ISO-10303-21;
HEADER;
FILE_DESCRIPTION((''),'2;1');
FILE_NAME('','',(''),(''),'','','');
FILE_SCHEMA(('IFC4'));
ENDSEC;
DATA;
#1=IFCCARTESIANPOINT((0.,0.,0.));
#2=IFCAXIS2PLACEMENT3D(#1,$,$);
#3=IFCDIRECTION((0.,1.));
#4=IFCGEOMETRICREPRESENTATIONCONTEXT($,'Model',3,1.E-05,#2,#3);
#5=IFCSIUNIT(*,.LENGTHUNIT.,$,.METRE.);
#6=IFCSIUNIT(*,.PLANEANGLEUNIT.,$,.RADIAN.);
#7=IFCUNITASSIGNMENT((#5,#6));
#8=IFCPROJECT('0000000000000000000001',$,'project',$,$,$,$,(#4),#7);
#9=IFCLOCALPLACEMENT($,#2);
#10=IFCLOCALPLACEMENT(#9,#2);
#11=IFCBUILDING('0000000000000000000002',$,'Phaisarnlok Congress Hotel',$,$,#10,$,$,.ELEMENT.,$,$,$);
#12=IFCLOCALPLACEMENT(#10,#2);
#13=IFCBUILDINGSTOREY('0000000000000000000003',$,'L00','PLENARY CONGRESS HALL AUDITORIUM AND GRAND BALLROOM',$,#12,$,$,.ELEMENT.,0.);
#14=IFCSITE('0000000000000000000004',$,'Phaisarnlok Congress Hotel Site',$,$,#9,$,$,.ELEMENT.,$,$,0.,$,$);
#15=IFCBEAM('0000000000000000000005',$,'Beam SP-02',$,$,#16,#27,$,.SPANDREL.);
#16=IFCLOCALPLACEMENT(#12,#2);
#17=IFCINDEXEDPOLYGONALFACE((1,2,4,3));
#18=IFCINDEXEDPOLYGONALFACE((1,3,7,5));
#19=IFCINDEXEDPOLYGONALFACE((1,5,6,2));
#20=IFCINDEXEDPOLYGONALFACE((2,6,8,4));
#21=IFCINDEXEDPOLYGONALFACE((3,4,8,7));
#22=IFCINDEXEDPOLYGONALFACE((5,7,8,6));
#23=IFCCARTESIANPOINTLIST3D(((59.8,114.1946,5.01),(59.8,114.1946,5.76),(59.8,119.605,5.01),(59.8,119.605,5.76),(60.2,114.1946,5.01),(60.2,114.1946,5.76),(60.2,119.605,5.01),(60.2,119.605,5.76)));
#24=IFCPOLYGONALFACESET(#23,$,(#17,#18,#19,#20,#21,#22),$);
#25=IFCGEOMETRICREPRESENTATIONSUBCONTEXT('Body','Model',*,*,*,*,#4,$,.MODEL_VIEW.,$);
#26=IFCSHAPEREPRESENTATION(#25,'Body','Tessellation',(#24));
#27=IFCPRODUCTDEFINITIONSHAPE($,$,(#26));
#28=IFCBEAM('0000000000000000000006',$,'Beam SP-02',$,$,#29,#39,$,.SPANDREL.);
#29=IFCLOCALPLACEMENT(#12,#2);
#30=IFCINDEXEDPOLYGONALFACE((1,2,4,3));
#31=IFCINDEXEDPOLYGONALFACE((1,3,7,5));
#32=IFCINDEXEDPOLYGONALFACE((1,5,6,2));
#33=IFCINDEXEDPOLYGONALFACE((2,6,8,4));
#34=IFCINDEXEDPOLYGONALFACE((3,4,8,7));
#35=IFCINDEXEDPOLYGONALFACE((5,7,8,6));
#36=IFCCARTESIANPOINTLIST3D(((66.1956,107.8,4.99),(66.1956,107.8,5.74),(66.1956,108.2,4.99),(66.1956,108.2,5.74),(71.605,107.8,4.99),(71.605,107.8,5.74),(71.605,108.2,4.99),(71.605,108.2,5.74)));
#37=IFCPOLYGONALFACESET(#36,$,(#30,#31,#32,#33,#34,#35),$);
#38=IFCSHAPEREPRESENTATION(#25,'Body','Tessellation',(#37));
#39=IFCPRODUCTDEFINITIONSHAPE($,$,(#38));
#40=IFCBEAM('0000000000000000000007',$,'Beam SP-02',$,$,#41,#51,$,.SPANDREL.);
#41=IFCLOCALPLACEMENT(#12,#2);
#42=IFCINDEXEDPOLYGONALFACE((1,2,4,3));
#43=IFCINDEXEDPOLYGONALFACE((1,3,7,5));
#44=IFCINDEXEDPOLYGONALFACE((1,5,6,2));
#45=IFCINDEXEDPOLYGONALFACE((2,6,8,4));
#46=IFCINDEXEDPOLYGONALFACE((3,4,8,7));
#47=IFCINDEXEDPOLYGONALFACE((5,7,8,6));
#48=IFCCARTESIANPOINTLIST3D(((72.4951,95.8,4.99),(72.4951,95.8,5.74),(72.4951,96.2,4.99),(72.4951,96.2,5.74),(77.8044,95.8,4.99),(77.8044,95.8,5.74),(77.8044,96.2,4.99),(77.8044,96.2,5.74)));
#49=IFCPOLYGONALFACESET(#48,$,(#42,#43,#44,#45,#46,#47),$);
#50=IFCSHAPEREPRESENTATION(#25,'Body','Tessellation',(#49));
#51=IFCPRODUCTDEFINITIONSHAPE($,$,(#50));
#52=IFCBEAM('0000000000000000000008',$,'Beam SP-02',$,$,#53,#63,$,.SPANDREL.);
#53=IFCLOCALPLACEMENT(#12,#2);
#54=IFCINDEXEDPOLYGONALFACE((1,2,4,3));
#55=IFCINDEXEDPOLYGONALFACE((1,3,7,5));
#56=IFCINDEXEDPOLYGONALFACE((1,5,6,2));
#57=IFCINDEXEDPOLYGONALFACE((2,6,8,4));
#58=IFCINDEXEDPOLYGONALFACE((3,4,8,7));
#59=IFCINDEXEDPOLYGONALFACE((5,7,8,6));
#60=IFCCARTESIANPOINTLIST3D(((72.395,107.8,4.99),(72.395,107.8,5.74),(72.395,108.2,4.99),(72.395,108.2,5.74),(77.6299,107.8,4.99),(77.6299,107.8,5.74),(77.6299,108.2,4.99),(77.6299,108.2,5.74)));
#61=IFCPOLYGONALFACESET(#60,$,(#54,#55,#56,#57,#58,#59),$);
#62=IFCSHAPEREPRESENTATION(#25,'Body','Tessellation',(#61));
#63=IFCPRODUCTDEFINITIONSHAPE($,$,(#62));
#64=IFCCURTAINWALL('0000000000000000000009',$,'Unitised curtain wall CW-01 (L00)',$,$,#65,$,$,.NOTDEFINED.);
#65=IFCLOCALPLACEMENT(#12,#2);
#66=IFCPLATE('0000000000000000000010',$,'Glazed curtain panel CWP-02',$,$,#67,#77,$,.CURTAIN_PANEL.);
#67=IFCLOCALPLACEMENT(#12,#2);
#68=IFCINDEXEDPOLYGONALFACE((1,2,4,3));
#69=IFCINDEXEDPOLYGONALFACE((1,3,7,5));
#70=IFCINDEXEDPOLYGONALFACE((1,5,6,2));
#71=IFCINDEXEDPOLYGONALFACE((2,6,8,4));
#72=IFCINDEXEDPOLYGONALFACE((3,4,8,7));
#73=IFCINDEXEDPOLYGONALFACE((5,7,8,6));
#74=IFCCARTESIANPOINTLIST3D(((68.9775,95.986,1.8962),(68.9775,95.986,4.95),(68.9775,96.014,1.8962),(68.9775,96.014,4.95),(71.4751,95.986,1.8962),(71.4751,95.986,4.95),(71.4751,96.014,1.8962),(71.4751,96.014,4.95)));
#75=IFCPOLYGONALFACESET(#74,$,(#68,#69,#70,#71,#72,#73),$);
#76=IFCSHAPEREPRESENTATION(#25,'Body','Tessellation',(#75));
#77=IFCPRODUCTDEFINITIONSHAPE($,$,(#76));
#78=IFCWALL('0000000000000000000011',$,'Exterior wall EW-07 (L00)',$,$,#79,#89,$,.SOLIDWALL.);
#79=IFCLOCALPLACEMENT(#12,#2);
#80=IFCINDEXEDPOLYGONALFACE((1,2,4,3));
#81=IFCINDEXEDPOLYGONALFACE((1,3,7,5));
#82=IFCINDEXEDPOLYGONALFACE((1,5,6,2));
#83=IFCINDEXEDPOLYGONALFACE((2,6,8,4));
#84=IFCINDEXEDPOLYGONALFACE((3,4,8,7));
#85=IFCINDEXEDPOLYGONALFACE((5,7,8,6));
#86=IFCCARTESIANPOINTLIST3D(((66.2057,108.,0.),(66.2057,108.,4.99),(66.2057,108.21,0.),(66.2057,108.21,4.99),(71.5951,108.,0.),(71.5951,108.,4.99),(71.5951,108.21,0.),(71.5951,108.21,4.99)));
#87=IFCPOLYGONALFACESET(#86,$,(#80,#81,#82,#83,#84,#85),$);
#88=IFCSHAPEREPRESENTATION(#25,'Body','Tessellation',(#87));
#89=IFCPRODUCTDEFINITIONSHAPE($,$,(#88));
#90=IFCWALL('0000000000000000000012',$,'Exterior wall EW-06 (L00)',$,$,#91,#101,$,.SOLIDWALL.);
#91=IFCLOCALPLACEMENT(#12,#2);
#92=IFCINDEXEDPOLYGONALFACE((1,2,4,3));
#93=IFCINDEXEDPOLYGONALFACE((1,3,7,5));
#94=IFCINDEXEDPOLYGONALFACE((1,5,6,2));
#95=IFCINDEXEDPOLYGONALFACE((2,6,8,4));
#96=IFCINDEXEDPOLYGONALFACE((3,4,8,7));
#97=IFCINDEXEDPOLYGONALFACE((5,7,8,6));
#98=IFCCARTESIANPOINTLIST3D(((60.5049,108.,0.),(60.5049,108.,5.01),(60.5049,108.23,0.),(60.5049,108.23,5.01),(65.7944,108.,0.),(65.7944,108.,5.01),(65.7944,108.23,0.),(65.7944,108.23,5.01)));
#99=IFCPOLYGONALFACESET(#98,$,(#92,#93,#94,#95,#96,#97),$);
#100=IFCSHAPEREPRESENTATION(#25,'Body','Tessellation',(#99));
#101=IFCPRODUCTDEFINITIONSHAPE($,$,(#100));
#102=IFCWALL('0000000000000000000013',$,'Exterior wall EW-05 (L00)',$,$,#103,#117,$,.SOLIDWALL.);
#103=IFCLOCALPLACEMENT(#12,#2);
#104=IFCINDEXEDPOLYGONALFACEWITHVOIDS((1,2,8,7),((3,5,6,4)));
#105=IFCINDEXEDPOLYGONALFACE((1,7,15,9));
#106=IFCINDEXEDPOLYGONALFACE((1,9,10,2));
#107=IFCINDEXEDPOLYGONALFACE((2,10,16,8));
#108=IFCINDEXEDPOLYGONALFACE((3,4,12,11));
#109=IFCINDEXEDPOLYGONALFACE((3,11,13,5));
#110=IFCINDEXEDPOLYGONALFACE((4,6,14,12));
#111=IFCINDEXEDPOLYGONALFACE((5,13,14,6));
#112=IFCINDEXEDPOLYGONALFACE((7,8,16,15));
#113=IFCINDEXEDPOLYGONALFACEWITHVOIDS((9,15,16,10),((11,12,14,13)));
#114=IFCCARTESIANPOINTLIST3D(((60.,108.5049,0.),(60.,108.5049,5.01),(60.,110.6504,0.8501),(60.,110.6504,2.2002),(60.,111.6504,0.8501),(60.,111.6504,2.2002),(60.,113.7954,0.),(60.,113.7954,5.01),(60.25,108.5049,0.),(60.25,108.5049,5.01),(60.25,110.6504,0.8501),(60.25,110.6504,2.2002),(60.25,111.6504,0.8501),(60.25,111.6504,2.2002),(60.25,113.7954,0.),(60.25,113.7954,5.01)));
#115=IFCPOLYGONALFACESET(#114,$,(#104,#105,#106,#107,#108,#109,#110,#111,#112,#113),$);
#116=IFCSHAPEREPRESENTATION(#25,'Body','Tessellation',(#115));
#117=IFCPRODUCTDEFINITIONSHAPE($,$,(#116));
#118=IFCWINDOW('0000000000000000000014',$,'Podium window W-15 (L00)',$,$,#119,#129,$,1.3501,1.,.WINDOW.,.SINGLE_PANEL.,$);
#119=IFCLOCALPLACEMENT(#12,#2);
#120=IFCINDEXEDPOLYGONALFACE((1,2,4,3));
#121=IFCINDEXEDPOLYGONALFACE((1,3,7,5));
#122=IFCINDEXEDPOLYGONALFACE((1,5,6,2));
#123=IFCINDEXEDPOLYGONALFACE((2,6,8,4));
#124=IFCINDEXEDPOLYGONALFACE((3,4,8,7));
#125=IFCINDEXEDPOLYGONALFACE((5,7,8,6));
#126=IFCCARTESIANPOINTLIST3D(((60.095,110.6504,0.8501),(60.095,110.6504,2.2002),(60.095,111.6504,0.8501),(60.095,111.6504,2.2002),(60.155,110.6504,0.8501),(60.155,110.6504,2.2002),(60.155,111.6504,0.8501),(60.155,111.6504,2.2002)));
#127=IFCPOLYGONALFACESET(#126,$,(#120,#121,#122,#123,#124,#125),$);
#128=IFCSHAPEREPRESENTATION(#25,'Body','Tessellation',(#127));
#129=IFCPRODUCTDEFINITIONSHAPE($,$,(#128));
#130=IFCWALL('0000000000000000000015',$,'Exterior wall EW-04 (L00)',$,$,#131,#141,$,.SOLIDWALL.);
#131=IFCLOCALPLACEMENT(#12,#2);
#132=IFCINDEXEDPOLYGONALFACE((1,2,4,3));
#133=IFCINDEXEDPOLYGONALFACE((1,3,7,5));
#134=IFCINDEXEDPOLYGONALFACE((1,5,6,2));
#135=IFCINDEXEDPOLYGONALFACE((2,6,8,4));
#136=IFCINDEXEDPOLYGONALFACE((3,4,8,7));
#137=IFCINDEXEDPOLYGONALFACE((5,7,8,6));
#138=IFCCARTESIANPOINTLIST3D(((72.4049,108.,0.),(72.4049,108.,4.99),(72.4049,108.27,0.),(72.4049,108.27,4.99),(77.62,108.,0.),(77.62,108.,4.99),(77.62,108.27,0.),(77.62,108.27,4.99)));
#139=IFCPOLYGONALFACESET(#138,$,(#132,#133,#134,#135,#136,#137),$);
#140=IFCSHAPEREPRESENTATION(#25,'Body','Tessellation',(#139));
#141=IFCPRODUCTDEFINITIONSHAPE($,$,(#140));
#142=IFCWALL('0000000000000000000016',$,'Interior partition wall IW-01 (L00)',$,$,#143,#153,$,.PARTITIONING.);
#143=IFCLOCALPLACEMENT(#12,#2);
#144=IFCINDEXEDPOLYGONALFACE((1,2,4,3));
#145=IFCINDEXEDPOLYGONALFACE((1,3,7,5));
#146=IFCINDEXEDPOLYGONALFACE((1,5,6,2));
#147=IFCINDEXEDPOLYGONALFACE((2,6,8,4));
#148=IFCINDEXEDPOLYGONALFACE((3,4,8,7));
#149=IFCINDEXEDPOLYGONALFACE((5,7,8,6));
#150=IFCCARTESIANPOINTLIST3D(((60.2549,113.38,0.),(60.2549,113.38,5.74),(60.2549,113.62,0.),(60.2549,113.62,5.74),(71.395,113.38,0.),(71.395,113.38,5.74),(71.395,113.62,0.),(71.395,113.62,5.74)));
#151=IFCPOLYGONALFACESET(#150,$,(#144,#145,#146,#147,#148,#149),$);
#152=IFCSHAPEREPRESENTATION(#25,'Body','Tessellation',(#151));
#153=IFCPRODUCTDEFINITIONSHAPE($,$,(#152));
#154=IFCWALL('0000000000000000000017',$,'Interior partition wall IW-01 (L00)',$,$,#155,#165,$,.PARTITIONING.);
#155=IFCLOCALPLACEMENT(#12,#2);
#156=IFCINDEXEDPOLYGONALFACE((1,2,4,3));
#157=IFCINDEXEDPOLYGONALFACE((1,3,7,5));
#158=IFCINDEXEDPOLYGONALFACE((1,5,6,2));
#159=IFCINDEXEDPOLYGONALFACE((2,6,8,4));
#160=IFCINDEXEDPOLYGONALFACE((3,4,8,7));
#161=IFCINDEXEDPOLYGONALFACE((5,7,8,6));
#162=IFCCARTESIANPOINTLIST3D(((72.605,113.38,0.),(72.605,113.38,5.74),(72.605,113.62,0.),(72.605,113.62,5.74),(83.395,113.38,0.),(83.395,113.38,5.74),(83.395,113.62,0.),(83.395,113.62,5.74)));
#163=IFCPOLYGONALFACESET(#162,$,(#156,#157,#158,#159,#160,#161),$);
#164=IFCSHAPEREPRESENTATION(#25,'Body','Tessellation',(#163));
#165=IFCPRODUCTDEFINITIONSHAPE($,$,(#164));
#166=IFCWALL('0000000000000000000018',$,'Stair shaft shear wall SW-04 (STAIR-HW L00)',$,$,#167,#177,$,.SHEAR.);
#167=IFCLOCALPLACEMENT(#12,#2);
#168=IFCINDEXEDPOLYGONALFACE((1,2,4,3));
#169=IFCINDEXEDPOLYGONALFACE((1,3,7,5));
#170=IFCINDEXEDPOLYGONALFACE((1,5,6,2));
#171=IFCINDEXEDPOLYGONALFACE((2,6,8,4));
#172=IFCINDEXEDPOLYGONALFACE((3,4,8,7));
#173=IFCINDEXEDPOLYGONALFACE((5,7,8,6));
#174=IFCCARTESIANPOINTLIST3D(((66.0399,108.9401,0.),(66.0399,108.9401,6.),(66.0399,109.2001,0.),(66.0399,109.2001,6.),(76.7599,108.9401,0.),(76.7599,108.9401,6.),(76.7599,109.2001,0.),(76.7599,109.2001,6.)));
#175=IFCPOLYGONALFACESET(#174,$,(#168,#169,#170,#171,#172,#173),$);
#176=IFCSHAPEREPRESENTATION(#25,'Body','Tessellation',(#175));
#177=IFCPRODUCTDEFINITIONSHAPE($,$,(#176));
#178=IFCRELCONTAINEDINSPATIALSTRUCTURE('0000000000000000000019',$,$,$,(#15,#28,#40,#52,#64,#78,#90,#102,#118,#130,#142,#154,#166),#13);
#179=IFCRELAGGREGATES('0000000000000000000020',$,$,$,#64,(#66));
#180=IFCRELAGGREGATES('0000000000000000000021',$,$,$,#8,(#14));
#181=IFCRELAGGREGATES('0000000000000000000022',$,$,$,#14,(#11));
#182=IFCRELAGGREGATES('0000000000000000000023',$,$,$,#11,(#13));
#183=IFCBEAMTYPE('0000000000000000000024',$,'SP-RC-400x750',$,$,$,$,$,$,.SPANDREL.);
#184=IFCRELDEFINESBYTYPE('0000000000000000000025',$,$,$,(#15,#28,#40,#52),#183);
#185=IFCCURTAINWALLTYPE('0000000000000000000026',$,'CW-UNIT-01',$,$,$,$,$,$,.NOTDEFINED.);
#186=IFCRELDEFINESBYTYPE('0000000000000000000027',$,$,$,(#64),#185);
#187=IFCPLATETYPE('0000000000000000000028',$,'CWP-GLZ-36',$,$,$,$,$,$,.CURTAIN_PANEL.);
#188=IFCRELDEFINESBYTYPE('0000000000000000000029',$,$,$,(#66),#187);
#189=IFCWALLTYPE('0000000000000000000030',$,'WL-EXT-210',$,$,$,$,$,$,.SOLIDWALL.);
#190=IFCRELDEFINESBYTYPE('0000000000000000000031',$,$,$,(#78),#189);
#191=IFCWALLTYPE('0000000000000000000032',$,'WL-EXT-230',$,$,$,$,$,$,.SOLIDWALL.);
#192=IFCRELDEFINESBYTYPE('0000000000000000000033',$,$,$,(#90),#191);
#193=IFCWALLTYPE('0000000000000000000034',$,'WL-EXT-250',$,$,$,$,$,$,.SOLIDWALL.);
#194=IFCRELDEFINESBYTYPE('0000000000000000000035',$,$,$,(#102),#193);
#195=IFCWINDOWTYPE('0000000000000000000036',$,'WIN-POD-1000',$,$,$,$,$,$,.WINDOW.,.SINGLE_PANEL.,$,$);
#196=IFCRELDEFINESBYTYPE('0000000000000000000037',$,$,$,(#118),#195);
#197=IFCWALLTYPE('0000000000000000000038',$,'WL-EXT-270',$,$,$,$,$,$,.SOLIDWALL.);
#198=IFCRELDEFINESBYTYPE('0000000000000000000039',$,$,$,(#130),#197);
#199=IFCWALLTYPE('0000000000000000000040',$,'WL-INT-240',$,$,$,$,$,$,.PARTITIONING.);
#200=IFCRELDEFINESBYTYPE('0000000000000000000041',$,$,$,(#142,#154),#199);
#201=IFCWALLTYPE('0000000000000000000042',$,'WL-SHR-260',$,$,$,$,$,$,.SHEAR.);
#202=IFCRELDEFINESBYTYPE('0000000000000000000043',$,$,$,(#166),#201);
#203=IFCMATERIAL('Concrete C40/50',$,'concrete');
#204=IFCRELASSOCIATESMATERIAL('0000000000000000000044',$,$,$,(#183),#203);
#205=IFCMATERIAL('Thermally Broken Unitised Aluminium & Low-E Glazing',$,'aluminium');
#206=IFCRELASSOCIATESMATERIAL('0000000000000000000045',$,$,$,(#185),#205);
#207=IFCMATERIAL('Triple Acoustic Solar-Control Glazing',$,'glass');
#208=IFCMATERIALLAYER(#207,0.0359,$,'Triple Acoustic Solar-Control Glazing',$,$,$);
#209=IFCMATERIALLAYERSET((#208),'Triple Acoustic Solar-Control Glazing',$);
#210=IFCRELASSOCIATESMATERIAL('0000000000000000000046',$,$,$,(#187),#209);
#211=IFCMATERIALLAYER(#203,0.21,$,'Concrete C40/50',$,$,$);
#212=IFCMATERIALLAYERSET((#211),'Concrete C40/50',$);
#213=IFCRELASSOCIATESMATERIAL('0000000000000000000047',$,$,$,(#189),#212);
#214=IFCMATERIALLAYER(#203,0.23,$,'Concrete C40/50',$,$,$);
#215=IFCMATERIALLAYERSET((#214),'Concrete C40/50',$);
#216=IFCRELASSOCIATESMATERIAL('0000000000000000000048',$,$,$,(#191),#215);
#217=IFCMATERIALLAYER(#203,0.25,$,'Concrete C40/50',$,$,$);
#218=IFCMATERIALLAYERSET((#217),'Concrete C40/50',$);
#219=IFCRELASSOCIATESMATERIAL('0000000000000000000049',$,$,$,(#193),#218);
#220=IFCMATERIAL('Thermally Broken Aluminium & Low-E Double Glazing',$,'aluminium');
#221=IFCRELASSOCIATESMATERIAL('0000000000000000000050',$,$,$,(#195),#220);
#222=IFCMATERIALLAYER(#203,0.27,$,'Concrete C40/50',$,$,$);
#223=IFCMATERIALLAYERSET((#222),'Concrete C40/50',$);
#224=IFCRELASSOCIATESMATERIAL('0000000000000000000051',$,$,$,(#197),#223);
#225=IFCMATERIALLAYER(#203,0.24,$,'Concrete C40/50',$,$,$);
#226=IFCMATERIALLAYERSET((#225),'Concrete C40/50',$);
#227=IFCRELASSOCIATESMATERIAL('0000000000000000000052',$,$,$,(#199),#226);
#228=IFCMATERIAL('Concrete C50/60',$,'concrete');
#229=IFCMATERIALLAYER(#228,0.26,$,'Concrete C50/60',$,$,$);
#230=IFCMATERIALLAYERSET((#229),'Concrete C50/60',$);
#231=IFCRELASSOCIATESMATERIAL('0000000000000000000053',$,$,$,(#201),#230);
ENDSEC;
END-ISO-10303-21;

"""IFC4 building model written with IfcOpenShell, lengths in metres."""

from ifc_helpers import new_model, si_unit, direction, frame, frame_2d, origin, origin_2d, place, context, subcontext, project, spatial, rectangle, extrude, material, layer, layer_set, material_profile, profile_set, type_object, element, fill, aggregate, save


model = new_model("IFC4")

# Units and contexts
model_context = context("Model", 3, precision=1e-05, world=origin(), true_north=direction((0.0, 1.0)))
body_context = subcontext(model_context, "Body", "Model", "MODEL_VIEW")
ifc_project = project(units=[si_unit("LENGTHUNIT", "METRE"), si_unit("PLANEANGLEUNIT", "RADIAN")], contexts=[model_context])

# Site, building, storey
site_placement = place(None, origin())
site = spatial("IfcSite", under=ifc_project, at=site_placement, Name="Phaisarnlok Congress Hotel Site", CompositionType="ELEMENT", RefElevation=0.0)
building_placement = place(site_placement, origin())
building = spatial("IfcBuilding", under=site, at=building_placement, Name="Phaisarnlok Congress Hotel", CompositionType="ELEMENT")
storey_placement = place(building_placement, origin())
storey = spatial("IfcBuildingStorey", under=building, at=storey_placement, Name="L00", Description="PLENARY CONGRESS HALL AUDITORIUM AND GRAND BALLROOM", CompositionType="ELEMENT", Elevation=0.0)

# Shared definitions
ifc_material_1 = material(Name="Concrete C50/60", Category="concrete")

# Shared definitions
ifc_material_2 = material(Name="Concrete C40/50", Category="concrete")

# Shared definitions
ifc_material_3 = material(Name="Thermally Broken Unitised Aluminium & Low-E Glazing", Category="aluminium")

# Beams
ifc_material_profile_1 = material_profile(ifc_material_2, rectangle(XDim=0.3999, YDim=0.75, at=origin_2d()), Name="RC 400x750")
ifc_profile_set_1 = profile_set([ifc_material_profile_1], Name="Concrete C40/50")
beam_type_1 = type_object("IfcBeamType", Name="SP-RC-400x750", PredefinedType="SPANDREL", material=ifc_profile_set_1)
beam_1_placement = place(storey_placement, frame((60.0, 114.1946, 5.385), z_axis=(0.0, 1.0, 0.0), x_axis=(-1.0, 0.0, 0.0)))
element("IfcBeam", 1, at=beam_1_placement, inside=storey, type_object=beam_type_1, Name="Beam SP-02", PredefinedType="SPANDREL", context=body_context, shape_type="SweptSolid", body=[
    extrude(rectangle(XDim=0.3999, YDim=0.75, at=origin_2d()), origin(), (0.0, 0.0, 1.0), 5.4104),
])
beam_2_placement = place(storey_placement, frame((66.1956, 108.0, 5.365), z_axis=(1.0, 0.0, 0.0), x_axis=(0.0, 1.0, 0.0)))
element("IfcBeam", 2, at=beam_2_placement, inside=storey, type_object=beam_type_1, Name="Beam SP-02", PredefinedType="SPANDREL", context=body_context, shape_type="SweptSolid", body=[
    extrude(rectangle(XDim=0.3999, YDim=0.75, at=origin_2d()), origin(), (0.0, 0.0, 1.0), 5.4094),
])
beam_3_placement = place(storey_placement, frame((72.4951, 96.0, 5.365), z_axis=(1.0, 0.0, 0.0), x_axis=(0.0, 1.0, 0.0)))
element("IfcBeam", 3, at=beam_3_placement, inside=storey, type_object=beam_type_1, Name="Beam SP-02", PredefinedType="SPANDREL", context=body_context, shape_type="SweptSolid", body=[
    extrude(rectangle(XDim=0.3999, YDim=0.75, at=origin_2d()), origin(), (0.0, 0.0, 1.0), 5.3093),
])
beam_4_placement = place(storey_placement, frame((72.395, 108.0, 5.365), z_axis=(1.0, 0.0, 0.0), x_axis=(0.0, 1.0, 0.0)))
element("IfcBeam", 4, at=beam_4_placement, inside=storey, type_object=beam_type_1, Name="Beam SP-02", PredefinedType="SPANDREL", context=body_context, shape_type="SweptSolid", body=[
    extrude(rectangle(XDim=0.3999, YDim=0.75, at=origin_2d()), origin(), (0.0, 0.0, 1.0), 5.2349),
])

# Curtain wall, plate
curtain_wall_type_1 = type_object("IfcCurtainWallType", Name="CW-UNIT-01", PredefinedType="NOTDEFINED", material=ifc_material_3)
curtain_wall_1_placement = place(storey_placement, origin())
curtain_wall_1 = element("IfcCurtainWall", 5, at=curtain_wall_1_placement, inside=storey, type_object=curtain_wall_type_1, Name="Unitised curtain wall CW-01 (L00)", PredefinedType="NOTDEFINED")
ifc_material_4 = material(Name="Triple Acoustic Solar-Control Glazing", Category="glass")
ifc_layer_1 = layer(ifc_material_4, 0.0359, Name="Triple Acoustic Solar-Control Glazing")
ifc_layer_set_1 = layer_set([ifc_layer_1], Name="Triple Acoustic Solar-Control Glazing")
plate_type = type_object("IfcPlateType", Name="CWP-GLZ-36", PredefinedType="CURTAIN_PANEL", material=ifc_layer_set_1)
plate_placement = place(storey_placement, frame((71.4751, 96.0, 1.8962), z_axis=(0.0, 0.0, 1.0), x_axis=(-1.0, 0.0, 0.0)))
plate = element("IfcPlate", 6, at=plate_placement, type_object=plate_type, Name="Glazed curtain panel CWP-02", PredefinedType="CURTAIN_PANEL", context=body_context, shape_type="SweptSolid", body=[
    extrude(rectangle(XDim=2.4976, YDim=0.0281, at=frame_2d((1.2488, 0.0))), origin(), (0.0, 0.0, 1.0), 3.0537),
])
aggregate(curtain_wall_1, [plate])

# Walls
ifc_layer_2 = layer(ifc_material_2, 0.21, Name="Concrete C40/50")
ifc_layer_set_2 = layer_set([ifc_layer_2], Name="Concrete C40/50")
wall_type_1 = type_object("IfcWallType", Name="WL-EXT-210", PredefinedType="SOLIDWALL", material=ifc_layer_set_2)
wall_1_placement = place(storey_placement, frame((66.2056, 108.105, 0.0), z_axis=(0.0, 0.0, 1.0), x_axis=(1.0, 0.0, 0.0)))
element("IfcWall", 7, at=wall_1_placement, inside=storey, type_object=wall_type_1, Name="Exterior wall EW-07 (L00)", PredefinedType="SOLIDWALL", context=body_context, shape_type="SweptSolid", body=[
    extrude(rectangle(XDim=5.3894, YDim=0.21, at=frame_2d((2.6948, 0.0))), origin(), (0.0, 0.0, 1.0), 4.99),
])
ifc_layer_3 = layer(ifc_material_2, 0.23, Name="Concrete C40/50")
ifc_layer_set_3 = layer_set([ifc_layer_3], Name="Concrete C40/50")
wall_type_2 = type_object("IfcWallType", Name="WL-EXT-230", PredefinedType="SOLIDWALL", material=ifc_layer_set_3)
wall_2_placement = place(storey_placement, frame((60.5049, 108.115, 0.0), z_axis=(0.0, 0.0, 1.0), x_axis=(1.0, 0.0, 0.0)))
element("IfcWall", 8, at=wall_2_placement, inside=storey, type_object=wall_type_2, Name="Exterior wall EW-06 (L00)", PredefinedType="SOLIDWALL", context=body_context, shape_type="SweptSolid", body=[
    extrude(rectangle(XDim=5.2896, YDim=0.23, at=frame_2d((2.6448, 0.0))), origin(), (0.0, 0.0, 1.0), 5.01),
])

# Wall, opening, window
ifc_layer_4 = layer(ifc_material_2, 0.25, Name="Concrete C40/50")
ifc_layer_set_4 = layer_set([ifc_layer_4], Name="Concrete C40/50")
wall_type_3 = type_object("IfcWallType", Name="WL-EXT-250", PredefinedType="SOLIDWALL", material=ifc_layer_set_4)
wall_3_placement = place(storey_placement, frame((60.125, 113.7954, 0.0), z_axis=(0.0, 0.0, 1.0), x_axis=(0.0, -1.0, 0.0)))
wall_3 = element("IfcWall", 9, at=wall_3_placement, inside=storey, type_object=wall_type_3, Name="Exterior wall EW-05 (L00)", PredefinedType="SOLIDWALL", context=body_context, shape_type="SweptSolid", body=[
    extrude(rectangle(XDim=5.2905, YDim=0.25, at=frame_2d((2.6453, 0.0))), origin(), (0.0, 0.0, 1.0), 5.01),
])
opening_placement = place(wall_3_placement, frame((2.145, 0.0, 0.8501)))
opening = element("IfcOpeningElement", 10, at=opening_placement, cuts=wall_3, PredefinedType="OPENING", context=body_context, shape_type="SweptSolid", body=[
    extrude(rectangle(XDim=1.0, YDim=1.3501, at=frame_2d((0.5, 0.675))), frame((0.0, 0.135, 0.0), z_axis=(0.0, -1.0, 0.0), x_axis=(1.0, 0.0, 0.0)), (0.0, 0.0, 1.0), 0.27),
])
ifc_material_5 = material(Name="Thermally Broken Aluminium & Low-E Double Glazing", Category="aluminium")
window_type = type_object("IfcWindowType", Name="WIN-POD-1000", PartitioningType="SINGLE_PANEL", PredefinedType="WINDOW", material=ifc_material_5)
window_placement = place(opening_placement, origin())
window = element("IfcWindow", 11, at=window_placement, inside=storey, type_object=window_type, Name="Podium window W-15 (L00)", OverallHeight=1.3501, OverallWidth=1.0, PartitioningType="SINGLE_PANEL", PredefinedType="WINDOW", context=body_context, shape_type="SweptSolid", body=[
    extrude(rectangle(XDim=1.0, YDim=1.3501, at=frame_2d((0.5, 0.675))), frame((0.0, 0.03, 0.0), z_axis=(0.0, -1.0, 0.0), x_axis=(1.0, 0.0, 0.0)), (0.0, 0.0, 1.0), 0.0601),
])
fill(opening, window)

# Walls
ifc_layer_5 = layer(ifc_material_2, 0.27, Name="Concrete C40/50")
ifc_layer_set_5 = layer_set([ifc_layer_5], Name="Concrete C40/50")
wall_type_4 = type_object("IfcWallType", Name="WL-EXT-270", PredefinedType="SOLIDWALL", material=ifc_layer_set_5)
wall_4_placement = place(storey_placement, frame((72.405, 108.135, 0.0), z_axis=(0.0, 0.0, 1.0), x_axis=(1.0, 0.0, 0.0)))
element("IfcWall", 12, at=wall_4_placement, inside=storey, type_object=wall_type_4, Name="Exterior wall EW-04 (L00)", PredefinedType="SOLIDWALL", context=body_context, shape_type="SweptSolid", body=[
    extrude(rectangle(XDim=5.2151, YDim=0.27, at=frame_2d((2.6074, 0.0))), origin(), (0.0, 0.0, 1.0), 4.99),
])
ifc_layer_6 = layer(ifc_material_2, 0.24, Name="Concrete C40/50")
ifc_layer_set_6 = layer_set([ifc_layer_6], Name="Concrete C40/50")
wall_type_5 = type_object("IfcWallType", Name="WL-INT-240", PredefinedType="PARTITIONING", material=ifc_layer_set_6)
wall_5_placement = place(storey_placement, frame((60.2549, 113.5, 0.0), z_axis=(0.0, 0.0, 1.0), x_axis=(1.0, 0.0, 0.0)))
element("IfcWall", 13, at=wall_5_placement, inside=storey, type_object=wall_type_5, Name="Interior partition wall IW-01 (L00)", PredefinedType="PARTITIONING", context=body_context, shape_type="SweptSolid", body=[
    extrude(rectangle(XDim=11.1401, YDim=0.24, at=frame_2d((5.5701, 0.0))), origin(), (0.0, 0.0, 1.0), 5.74),
])
wall_6_placement = place(storey_placement, frame((72.605, 113.5, 0.0), z_axis=(0.0, 0.0, 1.0), x_axis=(1.0, 0.0, 0.0)))
element("IfcWall", 14, at=wall_6_placement, inside=storey, type_object=wall_type_5, Name="Interior partition wall IW-01 (L00)", PredefinedType="PARTITIONING", context=body_context, shape_type="SweptSolid", body=[
    extrude(rectangle(XDim=10.79, YDim=0.24, at=frame_2d((5.395, 0.0))), origin(), (0.0, 0.0, 1.0), 5.74),
])
ifc_layer_7 = layer(ifc_material_1, 0.26, Name="Concrete C50/60")
ifc_layer_set_7 = layer_set([ifc_layer_7], Name="Concrete C50/60")
wall_type_6 = type_object("IfcWallType", Name="WL-SHR-260", PredefinedType="SHEAR", material=ifc_layer_set_7)
for number, where, z_axis, x_axis, name in (
    (15, (66.04, 109.0701, 0.0), (0.0, 0.0, 1.0), (1.0, 0.0, 0.0), "Stair shaft shear wall SW-04 (STAIR-HW L00)"),
):
    element("IfcWall", number, at=place(storey_placement, frame(where, z_axis=z_axis, x_axis=x_axis)), inside=storey, type_object=wall_type_6, Name=name, PredefinedType="SHEAR", context=body_context, shape_type="SweptSolid", body=[
        extrude(rectangle(XDim=10.72, YDim=0.26, at=frame_2d((5.3599, 0.0))), origin(), (0.0, 0.0, 1.0), 6.0),
    ])

save(model, "model.ifc")
